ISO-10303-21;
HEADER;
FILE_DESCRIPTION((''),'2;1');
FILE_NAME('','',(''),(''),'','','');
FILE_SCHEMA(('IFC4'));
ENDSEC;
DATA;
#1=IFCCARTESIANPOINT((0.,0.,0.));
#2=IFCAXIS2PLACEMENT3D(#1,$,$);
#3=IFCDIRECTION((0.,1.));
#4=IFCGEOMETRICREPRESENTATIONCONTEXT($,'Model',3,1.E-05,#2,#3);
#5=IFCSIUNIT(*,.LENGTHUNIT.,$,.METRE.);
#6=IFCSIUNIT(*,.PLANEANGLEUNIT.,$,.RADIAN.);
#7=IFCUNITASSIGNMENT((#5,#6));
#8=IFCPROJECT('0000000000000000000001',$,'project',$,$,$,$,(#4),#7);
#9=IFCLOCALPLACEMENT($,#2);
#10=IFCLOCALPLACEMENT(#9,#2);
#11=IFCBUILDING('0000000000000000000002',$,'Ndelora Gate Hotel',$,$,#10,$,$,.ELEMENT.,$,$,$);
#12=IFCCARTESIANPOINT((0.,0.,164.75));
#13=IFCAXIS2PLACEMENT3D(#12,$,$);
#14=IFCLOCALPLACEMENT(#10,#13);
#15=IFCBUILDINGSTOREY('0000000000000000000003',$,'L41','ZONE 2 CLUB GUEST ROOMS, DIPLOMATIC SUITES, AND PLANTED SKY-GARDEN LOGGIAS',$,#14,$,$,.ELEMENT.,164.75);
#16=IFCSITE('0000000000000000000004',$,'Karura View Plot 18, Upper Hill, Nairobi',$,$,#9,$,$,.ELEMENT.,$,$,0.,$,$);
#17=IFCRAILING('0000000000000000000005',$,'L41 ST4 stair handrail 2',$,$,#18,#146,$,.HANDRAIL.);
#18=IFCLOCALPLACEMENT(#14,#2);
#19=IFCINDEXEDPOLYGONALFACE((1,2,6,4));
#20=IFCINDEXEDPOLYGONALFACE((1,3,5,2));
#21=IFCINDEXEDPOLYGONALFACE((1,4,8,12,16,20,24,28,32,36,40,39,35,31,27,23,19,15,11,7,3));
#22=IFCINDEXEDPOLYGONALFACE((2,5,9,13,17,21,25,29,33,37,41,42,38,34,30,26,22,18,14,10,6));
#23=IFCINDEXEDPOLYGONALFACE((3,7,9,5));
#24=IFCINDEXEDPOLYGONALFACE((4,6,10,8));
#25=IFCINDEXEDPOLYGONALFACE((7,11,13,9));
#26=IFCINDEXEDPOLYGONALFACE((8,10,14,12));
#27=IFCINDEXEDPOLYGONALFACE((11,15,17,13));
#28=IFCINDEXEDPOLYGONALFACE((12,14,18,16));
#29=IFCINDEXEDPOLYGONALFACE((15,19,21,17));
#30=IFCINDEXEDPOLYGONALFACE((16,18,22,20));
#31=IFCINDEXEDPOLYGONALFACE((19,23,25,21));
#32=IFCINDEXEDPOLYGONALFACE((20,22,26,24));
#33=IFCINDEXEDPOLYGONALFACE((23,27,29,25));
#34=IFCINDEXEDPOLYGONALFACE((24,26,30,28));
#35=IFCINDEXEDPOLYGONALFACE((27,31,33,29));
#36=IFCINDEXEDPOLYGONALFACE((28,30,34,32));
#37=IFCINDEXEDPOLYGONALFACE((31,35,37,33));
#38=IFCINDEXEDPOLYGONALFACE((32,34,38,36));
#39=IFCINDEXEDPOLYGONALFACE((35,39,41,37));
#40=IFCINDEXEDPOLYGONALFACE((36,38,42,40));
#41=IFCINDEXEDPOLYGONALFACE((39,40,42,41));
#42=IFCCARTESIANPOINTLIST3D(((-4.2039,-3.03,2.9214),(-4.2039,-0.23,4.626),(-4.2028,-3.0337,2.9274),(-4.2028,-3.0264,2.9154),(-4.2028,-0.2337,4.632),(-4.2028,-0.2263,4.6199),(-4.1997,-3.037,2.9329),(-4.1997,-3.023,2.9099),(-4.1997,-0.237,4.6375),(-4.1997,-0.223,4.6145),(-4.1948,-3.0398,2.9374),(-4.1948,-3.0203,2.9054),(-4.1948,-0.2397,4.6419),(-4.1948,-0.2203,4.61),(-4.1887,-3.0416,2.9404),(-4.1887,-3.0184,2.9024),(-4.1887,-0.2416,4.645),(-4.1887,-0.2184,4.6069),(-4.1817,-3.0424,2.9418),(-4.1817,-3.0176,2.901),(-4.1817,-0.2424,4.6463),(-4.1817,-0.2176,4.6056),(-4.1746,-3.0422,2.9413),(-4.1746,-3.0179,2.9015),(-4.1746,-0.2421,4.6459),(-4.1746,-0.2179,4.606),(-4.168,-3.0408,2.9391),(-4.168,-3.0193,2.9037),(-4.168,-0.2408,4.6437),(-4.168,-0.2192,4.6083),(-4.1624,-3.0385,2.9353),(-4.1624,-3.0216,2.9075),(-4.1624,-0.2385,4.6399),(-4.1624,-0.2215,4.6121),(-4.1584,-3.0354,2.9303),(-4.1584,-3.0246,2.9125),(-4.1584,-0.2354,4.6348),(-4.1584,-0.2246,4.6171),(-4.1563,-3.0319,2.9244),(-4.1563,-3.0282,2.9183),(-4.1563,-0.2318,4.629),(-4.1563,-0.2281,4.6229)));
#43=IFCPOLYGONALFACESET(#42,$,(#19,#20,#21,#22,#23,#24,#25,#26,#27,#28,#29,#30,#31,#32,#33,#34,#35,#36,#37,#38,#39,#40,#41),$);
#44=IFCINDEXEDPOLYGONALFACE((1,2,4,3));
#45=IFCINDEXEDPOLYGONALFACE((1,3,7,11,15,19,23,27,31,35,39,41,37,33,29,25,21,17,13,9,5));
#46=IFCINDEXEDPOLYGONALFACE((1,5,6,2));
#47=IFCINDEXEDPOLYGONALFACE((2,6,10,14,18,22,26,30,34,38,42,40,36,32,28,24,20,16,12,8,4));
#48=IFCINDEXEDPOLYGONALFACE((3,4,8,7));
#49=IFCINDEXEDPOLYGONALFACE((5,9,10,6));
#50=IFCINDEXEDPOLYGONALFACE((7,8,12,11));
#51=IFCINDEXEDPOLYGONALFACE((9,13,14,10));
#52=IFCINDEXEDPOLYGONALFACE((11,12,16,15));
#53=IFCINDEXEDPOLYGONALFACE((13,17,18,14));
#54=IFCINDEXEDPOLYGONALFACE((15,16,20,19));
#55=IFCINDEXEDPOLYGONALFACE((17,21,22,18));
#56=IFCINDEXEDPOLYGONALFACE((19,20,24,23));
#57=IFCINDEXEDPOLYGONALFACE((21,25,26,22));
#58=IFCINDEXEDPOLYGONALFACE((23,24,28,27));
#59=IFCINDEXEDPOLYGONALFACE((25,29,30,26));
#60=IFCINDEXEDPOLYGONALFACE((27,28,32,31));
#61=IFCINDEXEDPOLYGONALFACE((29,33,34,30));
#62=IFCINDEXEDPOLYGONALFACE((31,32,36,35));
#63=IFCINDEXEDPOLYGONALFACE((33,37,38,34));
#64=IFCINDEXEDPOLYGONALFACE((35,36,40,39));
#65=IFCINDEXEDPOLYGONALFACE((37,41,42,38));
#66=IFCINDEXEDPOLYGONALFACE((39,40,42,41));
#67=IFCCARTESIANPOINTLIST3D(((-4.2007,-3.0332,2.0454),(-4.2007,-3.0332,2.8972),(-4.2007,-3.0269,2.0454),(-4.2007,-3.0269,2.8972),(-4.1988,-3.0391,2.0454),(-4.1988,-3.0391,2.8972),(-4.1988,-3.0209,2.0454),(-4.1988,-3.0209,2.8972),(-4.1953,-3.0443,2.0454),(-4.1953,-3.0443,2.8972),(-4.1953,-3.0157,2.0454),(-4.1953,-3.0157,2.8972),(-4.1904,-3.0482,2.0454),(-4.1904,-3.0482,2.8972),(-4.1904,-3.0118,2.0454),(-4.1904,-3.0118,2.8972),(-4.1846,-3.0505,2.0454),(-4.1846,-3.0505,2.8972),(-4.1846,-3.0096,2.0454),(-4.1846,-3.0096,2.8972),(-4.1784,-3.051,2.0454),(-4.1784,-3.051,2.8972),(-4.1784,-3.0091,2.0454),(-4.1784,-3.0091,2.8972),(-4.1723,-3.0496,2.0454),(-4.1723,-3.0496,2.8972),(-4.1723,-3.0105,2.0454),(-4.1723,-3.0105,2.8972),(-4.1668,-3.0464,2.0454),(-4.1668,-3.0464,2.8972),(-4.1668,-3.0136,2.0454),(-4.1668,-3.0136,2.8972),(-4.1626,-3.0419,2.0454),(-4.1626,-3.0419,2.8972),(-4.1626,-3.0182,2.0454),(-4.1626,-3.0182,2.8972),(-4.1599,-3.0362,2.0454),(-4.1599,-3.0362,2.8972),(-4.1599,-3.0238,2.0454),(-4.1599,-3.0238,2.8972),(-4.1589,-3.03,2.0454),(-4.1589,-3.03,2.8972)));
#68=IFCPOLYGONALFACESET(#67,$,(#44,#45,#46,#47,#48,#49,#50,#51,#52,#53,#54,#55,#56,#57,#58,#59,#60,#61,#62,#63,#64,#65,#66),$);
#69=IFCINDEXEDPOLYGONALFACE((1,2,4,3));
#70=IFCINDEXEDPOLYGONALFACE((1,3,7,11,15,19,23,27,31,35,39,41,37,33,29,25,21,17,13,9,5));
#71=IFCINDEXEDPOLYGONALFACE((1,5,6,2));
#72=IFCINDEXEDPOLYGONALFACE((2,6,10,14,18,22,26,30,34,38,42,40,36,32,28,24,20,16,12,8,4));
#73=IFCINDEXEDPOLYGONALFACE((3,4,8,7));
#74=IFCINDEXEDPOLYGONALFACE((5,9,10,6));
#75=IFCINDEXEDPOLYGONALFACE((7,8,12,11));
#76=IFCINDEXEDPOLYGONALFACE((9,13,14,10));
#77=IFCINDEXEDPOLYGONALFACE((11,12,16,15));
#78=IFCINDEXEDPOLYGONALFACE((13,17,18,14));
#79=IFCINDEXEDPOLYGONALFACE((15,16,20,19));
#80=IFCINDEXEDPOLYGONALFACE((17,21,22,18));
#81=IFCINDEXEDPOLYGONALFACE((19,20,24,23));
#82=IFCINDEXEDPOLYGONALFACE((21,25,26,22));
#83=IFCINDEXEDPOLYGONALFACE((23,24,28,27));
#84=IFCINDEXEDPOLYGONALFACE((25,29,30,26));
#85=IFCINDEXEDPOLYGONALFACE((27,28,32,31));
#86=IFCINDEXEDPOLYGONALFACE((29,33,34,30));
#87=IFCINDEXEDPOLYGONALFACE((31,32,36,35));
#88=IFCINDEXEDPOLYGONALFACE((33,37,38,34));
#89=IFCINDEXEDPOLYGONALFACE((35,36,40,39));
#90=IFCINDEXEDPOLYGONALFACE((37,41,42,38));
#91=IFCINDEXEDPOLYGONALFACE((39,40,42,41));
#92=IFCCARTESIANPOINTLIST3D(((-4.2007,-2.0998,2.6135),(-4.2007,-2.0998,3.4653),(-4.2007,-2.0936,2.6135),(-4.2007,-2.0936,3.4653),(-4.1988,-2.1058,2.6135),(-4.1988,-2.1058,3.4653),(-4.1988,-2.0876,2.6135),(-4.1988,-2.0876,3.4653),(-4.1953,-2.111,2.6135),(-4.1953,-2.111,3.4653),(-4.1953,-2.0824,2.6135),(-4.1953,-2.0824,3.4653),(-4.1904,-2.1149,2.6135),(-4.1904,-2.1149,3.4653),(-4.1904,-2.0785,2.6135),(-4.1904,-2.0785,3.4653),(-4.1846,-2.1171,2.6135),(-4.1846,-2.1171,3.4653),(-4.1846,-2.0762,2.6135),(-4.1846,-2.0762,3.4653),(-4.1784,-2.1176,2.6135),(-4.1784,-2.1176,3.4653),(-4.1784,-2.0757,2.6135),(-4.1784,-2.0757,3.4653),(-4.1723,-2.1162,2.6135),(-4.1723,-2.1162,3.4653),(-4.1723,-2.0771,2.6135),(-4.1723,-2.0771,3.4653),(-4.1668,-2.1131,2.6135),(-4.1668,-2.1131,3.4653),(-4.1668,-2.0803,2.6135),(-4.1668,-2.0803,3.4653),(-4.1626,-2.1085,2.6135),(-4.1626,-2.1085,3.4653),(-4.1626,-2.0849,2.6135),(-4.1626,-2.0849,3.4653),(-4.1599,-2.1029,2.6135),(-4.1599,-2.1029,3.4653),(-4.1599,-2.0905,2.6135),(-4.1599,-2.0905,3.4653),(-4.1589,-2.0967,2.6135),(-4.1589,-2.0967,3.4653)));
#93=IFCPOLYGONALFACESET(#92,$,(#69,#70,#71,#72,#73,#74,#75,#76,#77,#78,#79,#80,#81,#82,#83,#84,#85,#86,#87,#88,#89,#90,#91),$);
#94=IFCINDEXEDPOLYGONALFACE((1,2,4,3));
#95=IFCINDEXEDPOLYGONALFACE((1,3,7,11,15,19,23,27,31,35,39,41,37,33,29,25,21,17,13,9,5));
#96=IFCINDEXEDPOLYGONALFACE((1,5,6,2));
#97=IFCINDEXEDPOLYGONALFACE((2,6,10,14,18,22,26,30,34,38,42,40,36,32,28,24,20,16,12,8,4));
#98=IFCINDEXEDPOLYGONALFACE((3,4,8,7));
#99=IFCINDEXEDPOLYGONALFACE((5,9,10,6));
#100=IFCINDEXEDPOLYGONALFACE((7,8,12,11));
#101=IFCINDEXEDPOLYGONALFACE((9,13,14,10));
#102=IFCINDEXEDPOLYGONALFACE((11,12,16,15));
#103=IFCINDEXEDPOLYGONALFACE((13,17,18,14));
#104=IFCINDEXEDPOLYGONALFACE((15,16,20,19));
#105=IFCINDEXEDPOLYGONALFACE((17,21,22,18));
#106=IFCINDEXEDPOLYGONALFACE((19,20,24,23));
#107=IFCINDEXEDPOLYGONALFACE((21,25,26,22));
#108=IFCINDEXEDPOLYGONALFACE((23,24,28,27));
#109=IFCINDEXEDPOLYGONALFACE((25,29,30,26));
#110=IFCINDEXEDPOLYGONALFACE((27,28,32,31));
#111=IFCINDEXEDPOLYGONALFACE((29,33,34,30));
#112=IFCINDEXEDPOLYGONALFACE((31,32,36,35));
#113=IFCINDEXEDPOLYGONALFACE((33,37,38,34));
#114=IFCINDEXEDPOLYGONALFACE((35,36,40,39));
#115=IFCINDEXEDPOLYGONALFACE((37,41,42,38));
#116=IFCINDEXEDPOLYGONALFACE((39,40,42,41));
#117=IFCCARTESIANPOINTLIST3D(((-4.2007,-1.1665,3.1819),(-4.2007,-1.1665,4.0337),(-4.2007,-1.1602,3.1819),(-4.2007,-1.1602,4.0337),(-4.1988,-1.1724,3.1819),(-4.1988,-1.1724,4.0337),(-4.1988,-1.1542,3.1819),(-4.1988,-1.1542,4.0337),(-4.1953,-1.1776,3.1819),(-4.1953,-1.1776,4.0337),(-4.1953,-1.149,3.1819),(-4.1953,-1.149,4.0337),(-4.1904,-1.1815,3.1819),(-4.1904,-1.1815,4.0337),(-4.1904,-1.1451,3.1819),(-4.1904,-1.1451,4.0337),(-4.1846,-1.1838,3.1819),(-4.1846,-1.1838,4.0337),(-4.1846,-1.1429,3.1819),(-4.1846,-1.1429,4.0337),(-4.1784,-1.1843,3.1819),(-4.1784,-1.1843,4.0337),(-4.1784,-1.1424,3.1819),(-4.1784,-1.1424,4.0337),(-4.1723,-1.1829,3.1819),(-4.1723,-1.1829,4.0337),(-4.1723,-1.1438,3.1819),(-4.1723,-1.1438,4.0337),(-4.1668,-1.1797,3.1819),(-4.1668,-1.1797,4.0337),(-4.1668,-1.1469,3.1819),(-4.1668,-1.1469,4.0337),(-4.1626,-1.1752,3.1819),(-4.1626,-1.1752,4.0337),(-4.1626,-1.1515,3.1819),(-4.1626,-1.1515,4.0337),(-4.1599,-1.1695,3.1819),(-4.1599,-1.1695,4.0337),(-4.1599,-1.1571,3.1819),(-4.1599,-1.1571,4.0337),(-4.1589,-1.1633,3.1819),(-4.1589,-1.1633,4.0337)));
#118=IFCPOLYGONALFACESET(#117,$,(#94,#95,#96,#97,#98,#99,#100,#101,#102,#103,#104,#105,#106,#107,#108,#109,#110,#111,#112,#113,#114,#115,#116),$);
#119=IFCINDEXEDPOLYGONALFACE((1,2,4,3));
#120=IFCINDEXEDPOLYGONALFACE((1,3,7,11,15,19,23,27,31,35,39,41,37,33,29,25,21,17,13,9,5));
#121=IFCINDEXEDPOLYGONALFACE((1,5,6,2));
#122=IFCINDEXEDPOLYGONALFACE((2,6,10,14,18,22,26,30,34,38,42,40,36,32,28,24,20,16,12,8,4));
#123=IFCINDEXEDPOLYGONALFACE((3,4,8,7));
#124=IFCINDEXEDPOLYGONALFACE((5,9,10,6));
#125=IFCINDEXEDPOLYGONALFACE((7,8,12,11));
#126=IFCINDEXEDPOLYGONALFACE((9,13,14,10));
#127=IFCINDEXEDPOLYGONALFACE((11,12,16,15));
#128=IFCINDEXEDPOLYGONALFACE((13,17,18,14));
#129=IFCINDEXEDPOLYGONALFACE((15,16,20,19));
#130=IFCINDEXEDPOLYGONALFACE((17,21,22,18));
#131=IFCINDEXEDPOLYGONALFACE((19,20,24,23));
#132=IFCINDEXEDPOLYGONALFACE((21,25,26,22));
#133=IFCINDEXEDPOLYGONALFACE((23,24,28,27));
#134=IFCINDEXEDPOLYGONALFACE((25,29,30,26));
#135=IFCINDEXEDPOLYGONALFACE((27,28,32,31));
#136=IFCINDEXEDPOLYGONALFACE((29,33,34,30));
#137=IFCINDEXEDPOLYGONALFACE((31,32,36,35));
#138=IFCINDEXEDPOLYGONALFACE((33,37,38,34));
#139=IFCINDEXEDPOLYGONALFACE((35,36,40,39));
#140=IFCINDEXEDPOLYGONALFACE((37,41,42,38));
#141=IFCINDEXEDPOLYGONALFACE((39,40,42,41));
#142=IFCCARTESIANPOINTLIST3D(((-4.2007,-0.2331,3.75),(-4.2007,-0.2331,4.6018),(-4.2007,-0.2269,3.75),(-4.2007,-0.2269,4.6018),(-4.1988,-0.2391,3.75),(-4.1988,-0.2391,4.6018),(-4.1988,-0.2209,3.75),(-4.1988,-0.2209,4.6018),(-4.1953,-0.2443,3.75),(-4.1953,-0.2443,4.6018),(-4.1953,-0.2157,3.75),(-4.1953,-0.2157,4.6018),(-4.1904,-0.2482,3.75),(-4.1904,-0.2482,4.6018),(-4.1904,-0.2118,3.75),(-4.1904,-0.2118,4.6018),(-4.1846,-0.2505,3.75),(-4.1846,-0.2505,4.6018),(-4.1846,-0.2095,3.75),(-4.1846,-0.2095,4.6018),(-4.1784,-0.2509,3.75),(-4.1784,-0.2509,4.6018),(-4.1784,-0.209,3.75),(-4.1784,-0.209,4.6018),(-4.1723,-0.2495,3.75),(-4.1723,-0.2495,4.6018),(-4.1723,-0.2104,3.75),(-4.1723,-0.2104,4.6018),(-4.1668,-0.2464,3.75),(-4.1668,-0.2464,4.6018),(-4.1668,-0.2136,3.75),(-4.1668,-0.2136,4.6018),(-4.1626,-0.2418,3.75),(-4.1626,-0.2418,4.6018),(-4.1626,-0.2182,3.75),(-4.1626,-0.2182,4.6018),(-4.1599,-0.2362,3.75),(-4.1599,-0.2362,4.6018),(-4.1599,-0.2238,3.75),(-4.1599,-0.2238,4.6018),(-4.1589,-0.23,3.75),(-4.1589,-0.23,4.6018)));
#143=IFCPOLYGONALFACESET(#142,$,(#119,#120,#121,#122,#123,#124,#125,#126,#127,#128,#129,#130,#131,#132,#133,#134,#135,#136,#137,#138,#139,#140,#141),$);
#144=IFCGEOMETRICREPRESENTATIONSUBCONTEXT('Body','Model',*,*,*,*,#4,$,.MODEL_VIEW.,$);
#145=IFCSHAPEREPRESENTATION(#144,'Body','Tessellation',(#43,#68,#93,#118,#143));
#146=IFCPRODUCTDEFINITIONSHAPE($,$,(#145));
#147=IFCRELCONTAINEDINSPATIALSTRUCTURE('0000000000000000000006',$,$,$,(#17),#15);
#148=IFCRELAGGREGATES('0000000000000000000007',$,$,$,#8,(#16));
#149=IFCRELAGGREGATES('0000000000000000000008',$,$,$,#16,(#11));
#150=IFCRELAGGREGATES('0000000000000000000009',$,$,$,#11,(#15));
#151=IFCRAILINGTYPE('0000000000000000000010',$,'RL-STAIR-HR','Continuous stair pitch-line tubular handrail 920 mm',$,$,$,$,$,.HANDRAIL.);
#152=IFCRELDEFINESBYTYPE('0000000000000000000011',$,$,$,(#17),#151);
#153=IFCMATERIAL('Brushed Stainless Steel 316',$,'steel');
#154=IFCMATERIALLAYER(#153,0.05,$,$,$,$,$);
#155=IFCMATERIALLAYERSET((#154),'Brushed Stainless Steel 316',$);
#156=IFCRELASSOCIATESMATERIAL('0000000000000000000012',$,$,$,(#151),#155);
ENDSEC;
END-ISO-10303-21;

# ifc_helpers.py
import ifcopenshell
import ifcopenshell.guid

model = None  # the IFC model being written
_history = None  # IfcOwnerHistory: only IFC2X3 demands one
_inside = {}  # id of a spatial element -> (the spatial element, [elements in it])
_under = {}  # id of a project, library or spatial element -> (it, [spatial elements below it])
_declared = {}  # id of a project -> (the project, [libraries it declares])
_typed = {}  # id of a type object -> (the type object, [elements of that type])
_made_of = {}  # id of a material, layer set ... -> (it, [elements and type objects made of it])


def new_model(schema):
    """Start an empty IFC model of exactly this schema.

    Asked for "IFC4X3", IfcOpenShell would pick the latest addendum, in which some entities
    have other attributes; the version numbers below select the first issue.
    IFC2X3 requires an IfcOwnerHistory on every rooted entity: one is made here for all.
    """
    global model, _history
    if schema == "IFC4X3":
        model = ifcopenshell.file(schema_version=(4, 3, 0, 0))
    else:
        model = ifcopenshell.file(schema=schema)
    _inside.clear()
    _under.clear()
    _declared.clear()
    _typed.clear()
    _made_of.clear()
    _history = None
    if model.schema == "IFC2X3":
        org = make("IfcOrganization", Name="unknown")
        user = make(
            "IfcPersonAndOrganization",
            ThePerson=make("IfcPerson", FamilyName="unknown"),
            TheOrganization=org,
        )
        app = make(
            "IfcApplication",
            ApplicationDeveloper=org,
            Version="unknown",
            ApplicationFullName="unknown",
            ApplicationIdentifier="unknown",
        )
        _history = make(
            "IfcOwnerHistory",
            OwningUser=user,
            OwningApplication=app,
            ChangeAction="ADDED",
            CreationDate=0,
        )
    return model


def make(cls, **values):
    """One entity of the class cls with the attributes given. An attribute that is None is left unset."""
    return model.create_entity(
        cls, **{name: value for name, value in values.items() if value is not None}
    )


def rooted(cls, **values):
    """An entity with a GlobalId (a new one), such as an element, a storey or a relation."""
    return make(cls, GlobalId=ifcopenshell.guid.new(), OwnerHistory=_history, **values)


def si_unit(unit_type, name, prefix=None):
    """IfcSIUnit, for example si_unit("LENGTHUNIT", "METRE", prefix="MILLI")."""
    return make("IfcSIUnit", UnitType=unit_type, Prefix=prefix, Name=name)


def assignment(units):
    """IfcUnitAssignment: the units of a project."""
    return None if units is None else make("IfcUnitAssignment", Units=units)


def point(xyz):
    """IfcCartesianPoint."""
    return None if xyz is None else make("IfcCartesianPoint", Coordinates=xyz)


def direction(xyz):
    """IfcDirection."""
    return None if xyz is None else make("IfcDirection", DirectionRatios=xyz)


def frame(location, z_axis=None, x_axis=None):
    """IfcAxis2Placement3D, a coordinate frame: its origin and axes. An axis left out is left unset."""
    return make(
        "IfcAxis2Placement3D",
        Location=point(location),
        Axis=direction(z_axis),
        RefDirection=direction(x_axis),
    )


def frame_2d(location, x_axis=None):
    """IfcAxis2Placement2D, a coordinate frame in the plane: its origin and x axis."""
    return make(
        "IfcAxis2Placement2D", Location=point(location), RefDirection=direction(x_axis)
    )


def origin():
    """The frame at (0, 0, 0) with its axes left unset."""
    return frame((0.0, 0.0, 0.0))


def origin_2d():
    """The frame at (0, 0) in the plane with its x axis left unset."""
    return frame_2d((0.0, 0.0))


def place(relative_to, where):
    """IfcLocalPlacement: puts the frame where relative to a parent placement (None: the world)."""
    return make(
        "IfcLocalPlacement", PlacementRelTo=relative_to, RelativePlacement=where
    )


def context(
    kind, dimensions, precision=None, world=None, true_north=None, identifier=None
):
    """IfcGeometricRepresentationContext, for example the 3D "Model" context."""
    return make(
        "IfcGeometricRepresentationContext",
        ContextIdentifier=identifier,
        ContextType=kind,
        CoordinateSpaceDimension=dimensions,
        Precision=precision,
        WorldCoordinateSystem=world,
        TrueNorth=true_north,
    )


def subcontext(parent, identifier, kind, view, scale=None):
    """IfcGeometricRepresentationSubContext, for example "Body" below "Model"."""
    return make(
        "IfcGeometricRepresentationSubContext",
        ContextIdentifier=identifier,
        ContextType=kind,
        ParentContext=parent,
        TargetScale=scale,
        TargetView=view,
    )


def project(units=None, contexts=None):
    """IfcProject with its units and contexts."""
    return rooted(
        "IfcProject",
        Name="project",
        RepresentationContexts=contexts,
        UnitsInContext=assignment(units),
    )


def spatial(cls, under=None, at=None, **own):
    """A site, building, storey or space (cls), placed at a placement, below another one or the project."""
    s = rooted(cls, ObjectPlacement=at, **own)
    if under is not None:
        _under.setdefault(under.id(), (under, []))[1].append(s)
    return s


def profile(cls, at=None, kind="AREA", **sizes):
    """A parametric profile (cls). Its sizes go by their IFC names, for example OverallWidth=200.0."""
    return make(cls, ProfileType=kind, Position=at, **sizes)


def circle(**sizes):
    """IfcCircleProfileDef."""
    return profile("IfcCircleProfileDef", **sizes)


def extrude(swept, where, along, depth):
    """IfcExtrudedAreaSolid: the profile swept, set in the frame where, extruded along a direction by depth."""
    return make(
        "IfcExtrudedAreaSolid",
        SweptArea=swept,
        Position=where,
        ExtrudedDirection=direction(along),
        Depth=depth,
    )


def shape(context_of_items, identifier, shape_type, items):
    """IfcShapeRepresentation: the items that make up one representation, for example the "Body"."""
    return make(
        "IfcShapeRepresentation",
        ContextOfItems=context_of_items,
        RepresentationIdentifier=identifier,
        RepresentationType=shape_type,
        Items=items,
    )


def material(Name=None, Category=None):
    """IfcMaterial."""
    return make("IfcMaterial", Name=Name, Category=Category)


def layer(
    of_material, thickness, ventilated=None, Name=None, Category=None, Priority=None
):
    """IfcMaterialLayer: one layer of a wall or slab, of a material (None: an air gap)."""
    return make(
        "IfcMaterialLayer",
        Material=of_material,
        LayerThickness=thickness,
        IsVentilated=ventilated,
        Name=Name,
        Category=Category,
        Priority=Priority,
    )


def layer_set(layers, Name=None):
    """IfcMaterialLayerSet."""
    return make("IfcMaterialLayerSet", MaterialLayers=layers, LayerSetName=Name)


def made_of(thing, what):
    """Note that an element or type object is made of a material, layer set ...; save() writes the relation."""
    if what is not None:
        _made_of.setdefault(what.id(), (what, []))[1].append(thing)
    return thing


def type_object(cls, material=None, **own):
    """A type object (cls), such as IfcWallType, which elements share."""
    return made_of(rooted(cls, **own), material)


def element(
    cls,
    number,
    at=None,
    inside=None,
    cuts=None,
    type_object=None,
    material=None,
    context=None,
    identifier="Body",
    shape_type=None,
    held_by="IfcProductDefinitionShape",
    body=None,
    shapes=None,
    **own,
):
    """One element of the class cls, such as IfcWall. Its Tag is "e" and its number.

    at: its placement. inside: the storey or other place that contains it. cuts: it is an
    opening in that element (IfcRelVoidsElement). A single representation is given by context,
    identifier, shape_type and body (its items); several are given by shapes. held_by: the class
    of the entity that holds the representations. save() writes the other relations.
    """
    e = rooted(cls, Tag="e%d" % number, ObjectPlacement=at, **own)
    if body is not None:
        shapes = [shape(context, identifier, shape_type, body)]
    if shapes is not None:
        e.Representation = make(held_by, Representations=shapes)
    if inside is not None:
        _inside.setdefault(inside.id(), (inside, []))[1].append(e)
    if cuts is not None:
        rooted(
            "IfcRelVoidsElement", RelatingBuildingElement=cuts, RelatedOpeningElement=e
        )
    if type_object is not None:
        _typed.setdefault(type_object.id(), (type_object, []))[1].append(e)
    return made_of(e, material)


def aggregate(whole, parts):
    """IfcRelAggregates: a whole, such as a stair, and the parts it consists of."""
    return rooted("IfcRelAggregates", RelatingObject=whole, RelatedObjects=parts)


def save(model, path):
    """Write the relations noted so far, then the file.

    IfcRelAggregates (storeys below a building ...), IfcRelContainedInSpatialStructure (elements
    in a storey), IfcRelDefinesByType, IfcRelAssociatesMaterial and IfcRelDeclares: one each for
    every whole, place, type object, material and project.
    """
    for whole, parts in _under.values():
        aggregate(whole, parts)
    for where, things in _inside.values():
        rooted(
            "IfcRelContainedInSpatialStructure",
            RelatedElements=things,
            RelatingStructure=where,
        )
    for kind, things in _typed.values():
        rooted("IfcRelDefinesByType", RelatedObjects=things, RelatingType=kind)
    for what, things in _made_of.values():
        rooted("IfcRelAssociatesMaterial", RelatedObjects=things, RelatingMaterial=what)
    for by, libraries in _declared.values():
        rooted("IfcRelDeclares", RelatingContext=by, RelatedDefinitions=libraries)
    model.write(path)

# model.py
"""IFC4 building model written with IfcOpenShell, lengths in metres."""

from ifc_helpers import new_model, si_unit, direction, frame, origin, origin_2d, place, context, subcontext, project, spatial, circle, extrude, material, layer, layer_set, type_object, element, save


model = new_model("IFC4")

# Units and contexts
model_context = context("Model", 3, precision=1e-05, world=origin(), true_north=direction((0.0, 1.0)))
body_context = subcontext(model_context, "Body", "Model", "MODEL_VIEW")
ifc_project = project(units=[si_unit("LENGTHUNIT", "METRE"), si_unit("PLANEANGLEUNIT", "RADIAN")], contexts=[model_context])

# Site, building, storey
site_placement = place(None, origin())
site = spatial("IfcSite", under=ifc_project, at=site_placement, Name="Karura View Plot 18, Upper Hill, Nairobi", CompositionType="ELEMENT", RefElevation=0.0)
building_placement = place(site_placement, origin())
building = spatial("IfcBuilding", under=site, at=building_placement, Name="Ndelora Gate Hotel", CompositionType="ELEMENT")
storey_placement = place(building_placement, frame((0.0, 0.0, 164.75)))
storey = spatial("IfcBuildingStorey", under=building, at=storey_placement, Name="L41", Description="ZONE 2 CLUB GUEST ROOMS, DIPLOMATIC SUITES, AND PLANTED SKY-GARDEN LOGGIAS", CompositionType="ELEMENT", Elevation=164.75)

# Railing
ifc_material_1 = material(Name="Brushed Stainless Steel 316", Category="steel")
ifc_layer_1 = layer(ifc_material_1, 0.05)
ifc_layer_set_1 = layer_set([ifc_layer_1], Name="Brushed Stainless Steel 316")
railing_type_1 = type_object("IfcRailingType", Name="RL-STAIR-HR", Description="Continuous stair pitch-line tubular handrail 920 mm", PredefinedType="HANDRAIL", material=ifc_layer_set_1)
railing_1_placement = place(storey_placement, frame((-4.1799, -3.03, 2.0454)))
element("IfcRailing", 1, at=railing_1_placement, inside=storey, type_object=railing_type_1, Name="L41 ST4 stair handrail 2", PredefinedType="HANDRAIL", context=body_context, shape_type="SweptSolid", body=[
    extrude(circle(Radius=0.0239, at=origin_2d()), frame((0.0, 0.0, 0.876), z_axis=(0.0, 0.85417, 0.519994), x_axis=(-1.0, 0.0, 0.0)), (0.0, 0.0, 1.0), 3.2781),
    extrude(circle(Radius=0.021, at=origin_2d()), origin(), (0.0, 0.0, 1.0), 0.8518),
    extrude(circle(Radius=0.021, at=origin_2d()), frame((0.0, 0.9333, 0.5681)), (0.0, 0.0, 1.0), 0.8518),
    extrude(circle(Radius=0.021, at=origin_2d()), frame((0.0, 1.8667, 1.1365)), (0.0, 0.0, 1.0), 0.8518),
    extrude(circle(Radius=0.021, at=origin_2d()), frame((0.0, 2.8, 1.7046)), (0.0, 0.0, 1.0), 0.8518),
])

save(model, "model.ifc")
